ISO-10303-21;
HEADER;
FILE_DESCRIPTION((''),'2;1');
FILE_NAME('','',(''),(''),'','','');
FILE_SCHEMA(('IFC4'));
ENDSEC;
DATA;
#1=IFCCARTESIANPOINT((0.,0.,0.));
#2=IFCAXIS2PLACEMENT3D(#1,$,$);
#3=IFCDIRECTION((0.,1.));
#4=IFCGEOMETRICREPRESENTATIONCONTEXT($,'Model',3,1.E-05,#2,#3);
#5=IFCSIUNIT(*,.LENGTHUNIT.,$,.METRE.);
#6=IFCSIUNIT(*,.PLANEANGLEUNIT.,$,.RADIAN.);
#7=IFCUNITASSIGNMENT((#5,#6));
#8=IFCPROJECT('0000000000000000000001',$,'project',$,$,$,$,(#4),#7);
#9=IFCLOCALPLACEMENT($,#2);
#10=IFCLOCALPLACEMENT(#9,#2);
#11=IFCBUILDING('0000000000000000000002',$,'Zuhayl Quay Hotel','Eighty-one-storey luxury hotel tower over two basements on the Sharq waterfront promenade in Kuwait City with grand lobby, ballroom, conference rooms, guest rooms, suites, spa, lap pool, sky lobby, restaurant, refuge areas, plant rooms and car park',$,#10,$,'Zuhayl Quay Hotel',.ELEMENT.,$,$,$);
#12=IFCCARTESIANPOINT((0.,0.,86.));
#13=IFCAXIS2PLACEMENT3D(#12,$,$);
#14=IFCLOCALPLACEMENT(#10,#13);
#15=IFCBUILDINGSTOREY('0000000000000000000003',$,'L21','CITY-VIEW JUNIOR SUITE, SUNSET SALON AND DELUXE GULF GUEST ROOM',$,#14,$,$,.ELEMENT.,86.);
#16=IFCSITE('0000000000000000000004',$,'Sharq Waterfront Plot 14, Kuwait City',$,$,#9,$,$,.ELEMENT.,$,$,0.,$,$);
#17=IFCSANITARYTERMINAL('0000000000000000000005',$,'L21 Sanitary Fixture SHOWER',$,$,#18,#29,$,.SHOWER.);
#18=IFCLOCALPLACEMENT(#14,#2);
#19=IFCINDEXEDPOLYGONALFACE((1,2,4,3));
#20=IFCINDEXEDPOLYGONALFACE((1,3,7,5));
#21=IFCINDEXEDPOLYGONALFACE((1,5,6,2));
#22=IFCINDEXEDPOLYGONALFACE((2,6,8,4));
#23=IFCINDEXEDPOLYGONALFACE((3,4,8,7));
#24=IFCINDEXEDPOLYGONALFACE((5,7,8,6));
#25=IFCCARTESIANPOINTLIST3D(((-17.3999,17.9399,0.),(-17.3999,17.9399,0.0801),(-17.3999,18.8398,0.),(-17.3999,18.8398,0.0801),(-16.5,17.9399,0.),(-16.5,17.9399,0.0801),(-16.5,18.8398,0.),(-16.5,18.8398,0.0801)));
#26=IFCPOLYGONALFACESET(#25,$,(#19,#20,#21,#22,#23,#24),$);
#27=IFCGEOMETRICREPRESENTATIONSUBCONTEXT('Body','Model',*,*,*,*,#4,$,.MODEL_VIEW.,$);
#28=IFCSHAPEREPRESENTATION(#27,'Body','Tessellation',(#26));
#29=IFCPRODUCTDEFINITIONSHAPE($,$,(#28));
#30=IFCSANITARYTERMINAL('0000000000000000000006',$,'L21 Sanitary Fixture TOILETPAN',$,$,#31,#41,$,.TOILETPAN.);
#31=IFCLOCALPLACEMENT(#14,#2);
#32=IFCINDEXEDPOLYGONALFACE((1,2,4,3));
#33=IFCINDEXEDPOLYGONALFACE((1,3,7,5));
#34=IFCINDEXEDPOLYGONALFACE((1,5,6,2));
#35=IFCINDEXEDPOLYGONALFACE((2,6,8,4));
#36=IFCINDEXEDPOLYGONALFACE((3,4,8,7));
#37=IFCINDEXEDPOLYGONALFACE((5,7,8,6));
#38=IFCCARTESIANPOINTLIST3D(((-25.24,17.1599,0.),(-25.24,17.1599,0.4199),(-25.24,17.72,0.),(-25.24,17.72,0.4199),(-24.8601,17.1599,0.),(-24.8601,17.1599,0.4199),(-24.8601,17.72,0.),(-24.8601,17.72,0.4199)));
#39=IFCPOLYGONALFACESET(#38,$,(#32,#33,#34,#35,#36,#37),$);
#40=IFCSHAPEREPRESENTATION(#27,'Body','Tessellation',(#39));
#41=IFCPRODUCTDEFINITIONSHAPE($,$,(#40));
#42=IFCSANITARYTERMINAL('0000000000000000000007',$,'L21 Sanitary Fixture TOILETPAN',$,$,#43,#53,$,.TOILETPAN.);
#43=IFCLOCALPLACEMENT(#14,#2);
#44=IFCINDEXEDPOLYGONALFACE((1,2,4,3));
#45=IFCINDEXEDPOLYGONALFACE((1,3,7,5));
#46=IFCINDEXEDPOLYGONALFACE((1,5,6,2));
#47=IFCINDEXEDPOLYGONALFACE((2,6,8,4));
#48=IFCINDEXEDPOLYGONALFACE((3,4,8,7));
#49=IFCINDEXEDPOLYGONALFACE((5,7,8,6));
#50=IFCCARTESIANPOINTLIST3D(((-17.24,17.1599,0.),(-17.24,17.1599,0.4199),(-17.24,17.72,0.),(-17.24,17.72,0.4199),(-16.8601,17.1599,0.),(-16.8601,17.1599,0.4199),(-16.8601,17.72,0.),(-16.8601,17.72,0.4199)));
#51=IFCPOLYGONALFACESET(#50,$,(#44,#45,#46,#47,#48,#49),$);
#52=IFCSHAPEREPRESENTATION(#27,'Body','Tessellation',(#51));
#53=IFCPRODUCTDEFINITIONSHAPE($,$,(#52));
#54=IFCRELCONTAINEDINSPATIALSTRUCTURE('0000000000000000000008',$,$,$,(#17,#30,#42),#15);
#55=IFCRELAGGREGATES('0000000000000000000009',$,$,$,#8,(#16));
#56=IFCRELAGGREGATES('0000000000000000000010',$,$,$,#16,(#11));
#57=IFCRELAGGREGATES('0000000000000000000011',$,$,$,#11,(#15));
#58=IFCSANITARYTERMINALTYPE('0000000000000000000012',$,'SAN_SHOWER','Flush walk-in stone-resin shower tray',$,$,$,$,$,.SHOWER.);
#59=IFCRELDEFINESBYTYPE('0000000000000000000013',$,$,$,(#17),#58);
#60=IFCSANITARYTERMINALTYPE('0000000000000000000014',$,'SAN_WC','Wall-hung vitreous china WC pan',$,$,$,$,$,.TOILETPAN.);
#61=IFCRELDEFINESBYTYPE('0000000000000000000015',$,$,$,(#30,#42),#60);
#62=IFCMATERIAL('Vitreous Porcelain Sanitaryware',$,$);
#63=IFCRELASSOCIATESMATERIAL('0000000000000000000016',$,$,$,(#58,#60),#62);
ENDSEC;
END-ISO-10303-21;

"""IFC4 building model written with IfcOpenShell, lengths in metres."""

from ifc_helpers import new_model, si_unit, direction, frame, origin, origin_2d, place, context, subcontext, project, spatial, rectangle, extrude, material, type_object, element, save


model = new_model("IFC4")

# Units and contexts
model_context = context("Model", 3, precision=1e-05, world=origin(), true_north=direction((0.0, 1.0)))
body_context = subcontext(model_context, "Body", "Model", "MODEL_VIEW")
ifc_project = project(units=[si_unit("LENGTHUNIT", "METRE"), si_unit("PLANEANGLEUNIT", "RADIAN")], contexts=[model_context])

# Site, building, storey
site_placement = place(None, origin())
site = spatial("IfcSite", under=ifc_project, at=site_placement, Name="Sharq Waterfront Plot 14, Kuwait City", CompositionType="ELEMENT", RefElevation=0.0)
building_placement = place(site_placement, origin())
building = spatial("IfcBuilding", under=site, at=building_placement, Name="Zuhayl Quay Hotel", Description="Eighty-one-storey luxury hotel tower over two basements on the Sharq waterfront promenade in Kuwait City with grand lobby, ballroom, conference rooms, guest rooms, suites, spa, lap pool, sky lobby, restaurant, refuge areas, plant rooms and car park", LongName="Zuhayl Quay Hotel", CompositionType="ELEMENT")
storey_placement = place(building_placement, frame((0.0, 0.0, 86.0)))
storey = spatial("IfcBuildingStorey", under=building, at=storey_placement, Name="L21", Description="CITY-VIEW JUNIOR SUITE, SUNSET SALON AND DELUXE GULF GUEST ROOM", CompositionType="ELEMENT", Elevation=86.0)

# Sanitary terminals
ifc_material_1 = material(Name="Vitreous Porcelain Sanitaryware")
sanitary_terminal_type_1 = type_object("IfcSanitaryTerminalType", Name="SAN_SHOWER", Description="Flush walk-in stone-resin shower tray", PredefinedType="SHOWER", material=ifc_material_1)
for number, where, z_axis, x_axis, name in (
    (1, (-16.95, 18.3899, 0.0), (0.0, 0.0, 1.0), (1.0, 0.0, 0.0), "L21 Sanitary Fixture SHOWER"),
):
    element("IfcSanitaryTerminal", number, at=place(storey_placement, frame(where, z_axis=z_axis, x_axis=x_axis)), inside=storey, type_object=sanitary_terminal_type_1, Name=name, PredefinedType="SHOWER", context=body_context, shape_type="SweptSolid", body=[
        extrude(rectangle(XDim=0.8999, YDim=0.8999, at=origin_2d()), origin(), (0.0, 0.0, 1.0), 0.0801),
    ])
sanitary_terminal_type_2 = type_object("IfcSanitaryTerminalType", Name="SAN_WC", Description="Wall-hung vitreous china WC pan", PredefinedType="TOILETPAN", material=ifc_material_1)
for number, where, z_axis, x_axis, name in (
    (2, (-25.05, 17.4399, 0.0), (0.0, 0.0, 1.0), (1.0, 0.0, 0.0), "L21 Sanitary Fixture TOILETPAN"),
    (3, (-17.05, 17.4399, 0.0), (0.0, 0.0, 1.0), (1.0, 0.0, 0.0), "L21 Sanitary Fixture TOILETPAN"),
):
    element("IfcSanitaryTerminal", number, at=place(storey_placement, frame(where, z_axis=z_axis, x_axis=x_axis)), inside=storey, type_object=sanitary_terminal_type_2, Name=name, PredefinedType="TOILETPAN", context=body_context, shape_type="SweptSolid", body=[
        extrude(rectangle(XDim=0.3799, YDim=0.5601, at=origin_2d()), origin(), (0.0, 0.0, 1.0), 0.4199),
    ])

save(model, "model.ifc")
